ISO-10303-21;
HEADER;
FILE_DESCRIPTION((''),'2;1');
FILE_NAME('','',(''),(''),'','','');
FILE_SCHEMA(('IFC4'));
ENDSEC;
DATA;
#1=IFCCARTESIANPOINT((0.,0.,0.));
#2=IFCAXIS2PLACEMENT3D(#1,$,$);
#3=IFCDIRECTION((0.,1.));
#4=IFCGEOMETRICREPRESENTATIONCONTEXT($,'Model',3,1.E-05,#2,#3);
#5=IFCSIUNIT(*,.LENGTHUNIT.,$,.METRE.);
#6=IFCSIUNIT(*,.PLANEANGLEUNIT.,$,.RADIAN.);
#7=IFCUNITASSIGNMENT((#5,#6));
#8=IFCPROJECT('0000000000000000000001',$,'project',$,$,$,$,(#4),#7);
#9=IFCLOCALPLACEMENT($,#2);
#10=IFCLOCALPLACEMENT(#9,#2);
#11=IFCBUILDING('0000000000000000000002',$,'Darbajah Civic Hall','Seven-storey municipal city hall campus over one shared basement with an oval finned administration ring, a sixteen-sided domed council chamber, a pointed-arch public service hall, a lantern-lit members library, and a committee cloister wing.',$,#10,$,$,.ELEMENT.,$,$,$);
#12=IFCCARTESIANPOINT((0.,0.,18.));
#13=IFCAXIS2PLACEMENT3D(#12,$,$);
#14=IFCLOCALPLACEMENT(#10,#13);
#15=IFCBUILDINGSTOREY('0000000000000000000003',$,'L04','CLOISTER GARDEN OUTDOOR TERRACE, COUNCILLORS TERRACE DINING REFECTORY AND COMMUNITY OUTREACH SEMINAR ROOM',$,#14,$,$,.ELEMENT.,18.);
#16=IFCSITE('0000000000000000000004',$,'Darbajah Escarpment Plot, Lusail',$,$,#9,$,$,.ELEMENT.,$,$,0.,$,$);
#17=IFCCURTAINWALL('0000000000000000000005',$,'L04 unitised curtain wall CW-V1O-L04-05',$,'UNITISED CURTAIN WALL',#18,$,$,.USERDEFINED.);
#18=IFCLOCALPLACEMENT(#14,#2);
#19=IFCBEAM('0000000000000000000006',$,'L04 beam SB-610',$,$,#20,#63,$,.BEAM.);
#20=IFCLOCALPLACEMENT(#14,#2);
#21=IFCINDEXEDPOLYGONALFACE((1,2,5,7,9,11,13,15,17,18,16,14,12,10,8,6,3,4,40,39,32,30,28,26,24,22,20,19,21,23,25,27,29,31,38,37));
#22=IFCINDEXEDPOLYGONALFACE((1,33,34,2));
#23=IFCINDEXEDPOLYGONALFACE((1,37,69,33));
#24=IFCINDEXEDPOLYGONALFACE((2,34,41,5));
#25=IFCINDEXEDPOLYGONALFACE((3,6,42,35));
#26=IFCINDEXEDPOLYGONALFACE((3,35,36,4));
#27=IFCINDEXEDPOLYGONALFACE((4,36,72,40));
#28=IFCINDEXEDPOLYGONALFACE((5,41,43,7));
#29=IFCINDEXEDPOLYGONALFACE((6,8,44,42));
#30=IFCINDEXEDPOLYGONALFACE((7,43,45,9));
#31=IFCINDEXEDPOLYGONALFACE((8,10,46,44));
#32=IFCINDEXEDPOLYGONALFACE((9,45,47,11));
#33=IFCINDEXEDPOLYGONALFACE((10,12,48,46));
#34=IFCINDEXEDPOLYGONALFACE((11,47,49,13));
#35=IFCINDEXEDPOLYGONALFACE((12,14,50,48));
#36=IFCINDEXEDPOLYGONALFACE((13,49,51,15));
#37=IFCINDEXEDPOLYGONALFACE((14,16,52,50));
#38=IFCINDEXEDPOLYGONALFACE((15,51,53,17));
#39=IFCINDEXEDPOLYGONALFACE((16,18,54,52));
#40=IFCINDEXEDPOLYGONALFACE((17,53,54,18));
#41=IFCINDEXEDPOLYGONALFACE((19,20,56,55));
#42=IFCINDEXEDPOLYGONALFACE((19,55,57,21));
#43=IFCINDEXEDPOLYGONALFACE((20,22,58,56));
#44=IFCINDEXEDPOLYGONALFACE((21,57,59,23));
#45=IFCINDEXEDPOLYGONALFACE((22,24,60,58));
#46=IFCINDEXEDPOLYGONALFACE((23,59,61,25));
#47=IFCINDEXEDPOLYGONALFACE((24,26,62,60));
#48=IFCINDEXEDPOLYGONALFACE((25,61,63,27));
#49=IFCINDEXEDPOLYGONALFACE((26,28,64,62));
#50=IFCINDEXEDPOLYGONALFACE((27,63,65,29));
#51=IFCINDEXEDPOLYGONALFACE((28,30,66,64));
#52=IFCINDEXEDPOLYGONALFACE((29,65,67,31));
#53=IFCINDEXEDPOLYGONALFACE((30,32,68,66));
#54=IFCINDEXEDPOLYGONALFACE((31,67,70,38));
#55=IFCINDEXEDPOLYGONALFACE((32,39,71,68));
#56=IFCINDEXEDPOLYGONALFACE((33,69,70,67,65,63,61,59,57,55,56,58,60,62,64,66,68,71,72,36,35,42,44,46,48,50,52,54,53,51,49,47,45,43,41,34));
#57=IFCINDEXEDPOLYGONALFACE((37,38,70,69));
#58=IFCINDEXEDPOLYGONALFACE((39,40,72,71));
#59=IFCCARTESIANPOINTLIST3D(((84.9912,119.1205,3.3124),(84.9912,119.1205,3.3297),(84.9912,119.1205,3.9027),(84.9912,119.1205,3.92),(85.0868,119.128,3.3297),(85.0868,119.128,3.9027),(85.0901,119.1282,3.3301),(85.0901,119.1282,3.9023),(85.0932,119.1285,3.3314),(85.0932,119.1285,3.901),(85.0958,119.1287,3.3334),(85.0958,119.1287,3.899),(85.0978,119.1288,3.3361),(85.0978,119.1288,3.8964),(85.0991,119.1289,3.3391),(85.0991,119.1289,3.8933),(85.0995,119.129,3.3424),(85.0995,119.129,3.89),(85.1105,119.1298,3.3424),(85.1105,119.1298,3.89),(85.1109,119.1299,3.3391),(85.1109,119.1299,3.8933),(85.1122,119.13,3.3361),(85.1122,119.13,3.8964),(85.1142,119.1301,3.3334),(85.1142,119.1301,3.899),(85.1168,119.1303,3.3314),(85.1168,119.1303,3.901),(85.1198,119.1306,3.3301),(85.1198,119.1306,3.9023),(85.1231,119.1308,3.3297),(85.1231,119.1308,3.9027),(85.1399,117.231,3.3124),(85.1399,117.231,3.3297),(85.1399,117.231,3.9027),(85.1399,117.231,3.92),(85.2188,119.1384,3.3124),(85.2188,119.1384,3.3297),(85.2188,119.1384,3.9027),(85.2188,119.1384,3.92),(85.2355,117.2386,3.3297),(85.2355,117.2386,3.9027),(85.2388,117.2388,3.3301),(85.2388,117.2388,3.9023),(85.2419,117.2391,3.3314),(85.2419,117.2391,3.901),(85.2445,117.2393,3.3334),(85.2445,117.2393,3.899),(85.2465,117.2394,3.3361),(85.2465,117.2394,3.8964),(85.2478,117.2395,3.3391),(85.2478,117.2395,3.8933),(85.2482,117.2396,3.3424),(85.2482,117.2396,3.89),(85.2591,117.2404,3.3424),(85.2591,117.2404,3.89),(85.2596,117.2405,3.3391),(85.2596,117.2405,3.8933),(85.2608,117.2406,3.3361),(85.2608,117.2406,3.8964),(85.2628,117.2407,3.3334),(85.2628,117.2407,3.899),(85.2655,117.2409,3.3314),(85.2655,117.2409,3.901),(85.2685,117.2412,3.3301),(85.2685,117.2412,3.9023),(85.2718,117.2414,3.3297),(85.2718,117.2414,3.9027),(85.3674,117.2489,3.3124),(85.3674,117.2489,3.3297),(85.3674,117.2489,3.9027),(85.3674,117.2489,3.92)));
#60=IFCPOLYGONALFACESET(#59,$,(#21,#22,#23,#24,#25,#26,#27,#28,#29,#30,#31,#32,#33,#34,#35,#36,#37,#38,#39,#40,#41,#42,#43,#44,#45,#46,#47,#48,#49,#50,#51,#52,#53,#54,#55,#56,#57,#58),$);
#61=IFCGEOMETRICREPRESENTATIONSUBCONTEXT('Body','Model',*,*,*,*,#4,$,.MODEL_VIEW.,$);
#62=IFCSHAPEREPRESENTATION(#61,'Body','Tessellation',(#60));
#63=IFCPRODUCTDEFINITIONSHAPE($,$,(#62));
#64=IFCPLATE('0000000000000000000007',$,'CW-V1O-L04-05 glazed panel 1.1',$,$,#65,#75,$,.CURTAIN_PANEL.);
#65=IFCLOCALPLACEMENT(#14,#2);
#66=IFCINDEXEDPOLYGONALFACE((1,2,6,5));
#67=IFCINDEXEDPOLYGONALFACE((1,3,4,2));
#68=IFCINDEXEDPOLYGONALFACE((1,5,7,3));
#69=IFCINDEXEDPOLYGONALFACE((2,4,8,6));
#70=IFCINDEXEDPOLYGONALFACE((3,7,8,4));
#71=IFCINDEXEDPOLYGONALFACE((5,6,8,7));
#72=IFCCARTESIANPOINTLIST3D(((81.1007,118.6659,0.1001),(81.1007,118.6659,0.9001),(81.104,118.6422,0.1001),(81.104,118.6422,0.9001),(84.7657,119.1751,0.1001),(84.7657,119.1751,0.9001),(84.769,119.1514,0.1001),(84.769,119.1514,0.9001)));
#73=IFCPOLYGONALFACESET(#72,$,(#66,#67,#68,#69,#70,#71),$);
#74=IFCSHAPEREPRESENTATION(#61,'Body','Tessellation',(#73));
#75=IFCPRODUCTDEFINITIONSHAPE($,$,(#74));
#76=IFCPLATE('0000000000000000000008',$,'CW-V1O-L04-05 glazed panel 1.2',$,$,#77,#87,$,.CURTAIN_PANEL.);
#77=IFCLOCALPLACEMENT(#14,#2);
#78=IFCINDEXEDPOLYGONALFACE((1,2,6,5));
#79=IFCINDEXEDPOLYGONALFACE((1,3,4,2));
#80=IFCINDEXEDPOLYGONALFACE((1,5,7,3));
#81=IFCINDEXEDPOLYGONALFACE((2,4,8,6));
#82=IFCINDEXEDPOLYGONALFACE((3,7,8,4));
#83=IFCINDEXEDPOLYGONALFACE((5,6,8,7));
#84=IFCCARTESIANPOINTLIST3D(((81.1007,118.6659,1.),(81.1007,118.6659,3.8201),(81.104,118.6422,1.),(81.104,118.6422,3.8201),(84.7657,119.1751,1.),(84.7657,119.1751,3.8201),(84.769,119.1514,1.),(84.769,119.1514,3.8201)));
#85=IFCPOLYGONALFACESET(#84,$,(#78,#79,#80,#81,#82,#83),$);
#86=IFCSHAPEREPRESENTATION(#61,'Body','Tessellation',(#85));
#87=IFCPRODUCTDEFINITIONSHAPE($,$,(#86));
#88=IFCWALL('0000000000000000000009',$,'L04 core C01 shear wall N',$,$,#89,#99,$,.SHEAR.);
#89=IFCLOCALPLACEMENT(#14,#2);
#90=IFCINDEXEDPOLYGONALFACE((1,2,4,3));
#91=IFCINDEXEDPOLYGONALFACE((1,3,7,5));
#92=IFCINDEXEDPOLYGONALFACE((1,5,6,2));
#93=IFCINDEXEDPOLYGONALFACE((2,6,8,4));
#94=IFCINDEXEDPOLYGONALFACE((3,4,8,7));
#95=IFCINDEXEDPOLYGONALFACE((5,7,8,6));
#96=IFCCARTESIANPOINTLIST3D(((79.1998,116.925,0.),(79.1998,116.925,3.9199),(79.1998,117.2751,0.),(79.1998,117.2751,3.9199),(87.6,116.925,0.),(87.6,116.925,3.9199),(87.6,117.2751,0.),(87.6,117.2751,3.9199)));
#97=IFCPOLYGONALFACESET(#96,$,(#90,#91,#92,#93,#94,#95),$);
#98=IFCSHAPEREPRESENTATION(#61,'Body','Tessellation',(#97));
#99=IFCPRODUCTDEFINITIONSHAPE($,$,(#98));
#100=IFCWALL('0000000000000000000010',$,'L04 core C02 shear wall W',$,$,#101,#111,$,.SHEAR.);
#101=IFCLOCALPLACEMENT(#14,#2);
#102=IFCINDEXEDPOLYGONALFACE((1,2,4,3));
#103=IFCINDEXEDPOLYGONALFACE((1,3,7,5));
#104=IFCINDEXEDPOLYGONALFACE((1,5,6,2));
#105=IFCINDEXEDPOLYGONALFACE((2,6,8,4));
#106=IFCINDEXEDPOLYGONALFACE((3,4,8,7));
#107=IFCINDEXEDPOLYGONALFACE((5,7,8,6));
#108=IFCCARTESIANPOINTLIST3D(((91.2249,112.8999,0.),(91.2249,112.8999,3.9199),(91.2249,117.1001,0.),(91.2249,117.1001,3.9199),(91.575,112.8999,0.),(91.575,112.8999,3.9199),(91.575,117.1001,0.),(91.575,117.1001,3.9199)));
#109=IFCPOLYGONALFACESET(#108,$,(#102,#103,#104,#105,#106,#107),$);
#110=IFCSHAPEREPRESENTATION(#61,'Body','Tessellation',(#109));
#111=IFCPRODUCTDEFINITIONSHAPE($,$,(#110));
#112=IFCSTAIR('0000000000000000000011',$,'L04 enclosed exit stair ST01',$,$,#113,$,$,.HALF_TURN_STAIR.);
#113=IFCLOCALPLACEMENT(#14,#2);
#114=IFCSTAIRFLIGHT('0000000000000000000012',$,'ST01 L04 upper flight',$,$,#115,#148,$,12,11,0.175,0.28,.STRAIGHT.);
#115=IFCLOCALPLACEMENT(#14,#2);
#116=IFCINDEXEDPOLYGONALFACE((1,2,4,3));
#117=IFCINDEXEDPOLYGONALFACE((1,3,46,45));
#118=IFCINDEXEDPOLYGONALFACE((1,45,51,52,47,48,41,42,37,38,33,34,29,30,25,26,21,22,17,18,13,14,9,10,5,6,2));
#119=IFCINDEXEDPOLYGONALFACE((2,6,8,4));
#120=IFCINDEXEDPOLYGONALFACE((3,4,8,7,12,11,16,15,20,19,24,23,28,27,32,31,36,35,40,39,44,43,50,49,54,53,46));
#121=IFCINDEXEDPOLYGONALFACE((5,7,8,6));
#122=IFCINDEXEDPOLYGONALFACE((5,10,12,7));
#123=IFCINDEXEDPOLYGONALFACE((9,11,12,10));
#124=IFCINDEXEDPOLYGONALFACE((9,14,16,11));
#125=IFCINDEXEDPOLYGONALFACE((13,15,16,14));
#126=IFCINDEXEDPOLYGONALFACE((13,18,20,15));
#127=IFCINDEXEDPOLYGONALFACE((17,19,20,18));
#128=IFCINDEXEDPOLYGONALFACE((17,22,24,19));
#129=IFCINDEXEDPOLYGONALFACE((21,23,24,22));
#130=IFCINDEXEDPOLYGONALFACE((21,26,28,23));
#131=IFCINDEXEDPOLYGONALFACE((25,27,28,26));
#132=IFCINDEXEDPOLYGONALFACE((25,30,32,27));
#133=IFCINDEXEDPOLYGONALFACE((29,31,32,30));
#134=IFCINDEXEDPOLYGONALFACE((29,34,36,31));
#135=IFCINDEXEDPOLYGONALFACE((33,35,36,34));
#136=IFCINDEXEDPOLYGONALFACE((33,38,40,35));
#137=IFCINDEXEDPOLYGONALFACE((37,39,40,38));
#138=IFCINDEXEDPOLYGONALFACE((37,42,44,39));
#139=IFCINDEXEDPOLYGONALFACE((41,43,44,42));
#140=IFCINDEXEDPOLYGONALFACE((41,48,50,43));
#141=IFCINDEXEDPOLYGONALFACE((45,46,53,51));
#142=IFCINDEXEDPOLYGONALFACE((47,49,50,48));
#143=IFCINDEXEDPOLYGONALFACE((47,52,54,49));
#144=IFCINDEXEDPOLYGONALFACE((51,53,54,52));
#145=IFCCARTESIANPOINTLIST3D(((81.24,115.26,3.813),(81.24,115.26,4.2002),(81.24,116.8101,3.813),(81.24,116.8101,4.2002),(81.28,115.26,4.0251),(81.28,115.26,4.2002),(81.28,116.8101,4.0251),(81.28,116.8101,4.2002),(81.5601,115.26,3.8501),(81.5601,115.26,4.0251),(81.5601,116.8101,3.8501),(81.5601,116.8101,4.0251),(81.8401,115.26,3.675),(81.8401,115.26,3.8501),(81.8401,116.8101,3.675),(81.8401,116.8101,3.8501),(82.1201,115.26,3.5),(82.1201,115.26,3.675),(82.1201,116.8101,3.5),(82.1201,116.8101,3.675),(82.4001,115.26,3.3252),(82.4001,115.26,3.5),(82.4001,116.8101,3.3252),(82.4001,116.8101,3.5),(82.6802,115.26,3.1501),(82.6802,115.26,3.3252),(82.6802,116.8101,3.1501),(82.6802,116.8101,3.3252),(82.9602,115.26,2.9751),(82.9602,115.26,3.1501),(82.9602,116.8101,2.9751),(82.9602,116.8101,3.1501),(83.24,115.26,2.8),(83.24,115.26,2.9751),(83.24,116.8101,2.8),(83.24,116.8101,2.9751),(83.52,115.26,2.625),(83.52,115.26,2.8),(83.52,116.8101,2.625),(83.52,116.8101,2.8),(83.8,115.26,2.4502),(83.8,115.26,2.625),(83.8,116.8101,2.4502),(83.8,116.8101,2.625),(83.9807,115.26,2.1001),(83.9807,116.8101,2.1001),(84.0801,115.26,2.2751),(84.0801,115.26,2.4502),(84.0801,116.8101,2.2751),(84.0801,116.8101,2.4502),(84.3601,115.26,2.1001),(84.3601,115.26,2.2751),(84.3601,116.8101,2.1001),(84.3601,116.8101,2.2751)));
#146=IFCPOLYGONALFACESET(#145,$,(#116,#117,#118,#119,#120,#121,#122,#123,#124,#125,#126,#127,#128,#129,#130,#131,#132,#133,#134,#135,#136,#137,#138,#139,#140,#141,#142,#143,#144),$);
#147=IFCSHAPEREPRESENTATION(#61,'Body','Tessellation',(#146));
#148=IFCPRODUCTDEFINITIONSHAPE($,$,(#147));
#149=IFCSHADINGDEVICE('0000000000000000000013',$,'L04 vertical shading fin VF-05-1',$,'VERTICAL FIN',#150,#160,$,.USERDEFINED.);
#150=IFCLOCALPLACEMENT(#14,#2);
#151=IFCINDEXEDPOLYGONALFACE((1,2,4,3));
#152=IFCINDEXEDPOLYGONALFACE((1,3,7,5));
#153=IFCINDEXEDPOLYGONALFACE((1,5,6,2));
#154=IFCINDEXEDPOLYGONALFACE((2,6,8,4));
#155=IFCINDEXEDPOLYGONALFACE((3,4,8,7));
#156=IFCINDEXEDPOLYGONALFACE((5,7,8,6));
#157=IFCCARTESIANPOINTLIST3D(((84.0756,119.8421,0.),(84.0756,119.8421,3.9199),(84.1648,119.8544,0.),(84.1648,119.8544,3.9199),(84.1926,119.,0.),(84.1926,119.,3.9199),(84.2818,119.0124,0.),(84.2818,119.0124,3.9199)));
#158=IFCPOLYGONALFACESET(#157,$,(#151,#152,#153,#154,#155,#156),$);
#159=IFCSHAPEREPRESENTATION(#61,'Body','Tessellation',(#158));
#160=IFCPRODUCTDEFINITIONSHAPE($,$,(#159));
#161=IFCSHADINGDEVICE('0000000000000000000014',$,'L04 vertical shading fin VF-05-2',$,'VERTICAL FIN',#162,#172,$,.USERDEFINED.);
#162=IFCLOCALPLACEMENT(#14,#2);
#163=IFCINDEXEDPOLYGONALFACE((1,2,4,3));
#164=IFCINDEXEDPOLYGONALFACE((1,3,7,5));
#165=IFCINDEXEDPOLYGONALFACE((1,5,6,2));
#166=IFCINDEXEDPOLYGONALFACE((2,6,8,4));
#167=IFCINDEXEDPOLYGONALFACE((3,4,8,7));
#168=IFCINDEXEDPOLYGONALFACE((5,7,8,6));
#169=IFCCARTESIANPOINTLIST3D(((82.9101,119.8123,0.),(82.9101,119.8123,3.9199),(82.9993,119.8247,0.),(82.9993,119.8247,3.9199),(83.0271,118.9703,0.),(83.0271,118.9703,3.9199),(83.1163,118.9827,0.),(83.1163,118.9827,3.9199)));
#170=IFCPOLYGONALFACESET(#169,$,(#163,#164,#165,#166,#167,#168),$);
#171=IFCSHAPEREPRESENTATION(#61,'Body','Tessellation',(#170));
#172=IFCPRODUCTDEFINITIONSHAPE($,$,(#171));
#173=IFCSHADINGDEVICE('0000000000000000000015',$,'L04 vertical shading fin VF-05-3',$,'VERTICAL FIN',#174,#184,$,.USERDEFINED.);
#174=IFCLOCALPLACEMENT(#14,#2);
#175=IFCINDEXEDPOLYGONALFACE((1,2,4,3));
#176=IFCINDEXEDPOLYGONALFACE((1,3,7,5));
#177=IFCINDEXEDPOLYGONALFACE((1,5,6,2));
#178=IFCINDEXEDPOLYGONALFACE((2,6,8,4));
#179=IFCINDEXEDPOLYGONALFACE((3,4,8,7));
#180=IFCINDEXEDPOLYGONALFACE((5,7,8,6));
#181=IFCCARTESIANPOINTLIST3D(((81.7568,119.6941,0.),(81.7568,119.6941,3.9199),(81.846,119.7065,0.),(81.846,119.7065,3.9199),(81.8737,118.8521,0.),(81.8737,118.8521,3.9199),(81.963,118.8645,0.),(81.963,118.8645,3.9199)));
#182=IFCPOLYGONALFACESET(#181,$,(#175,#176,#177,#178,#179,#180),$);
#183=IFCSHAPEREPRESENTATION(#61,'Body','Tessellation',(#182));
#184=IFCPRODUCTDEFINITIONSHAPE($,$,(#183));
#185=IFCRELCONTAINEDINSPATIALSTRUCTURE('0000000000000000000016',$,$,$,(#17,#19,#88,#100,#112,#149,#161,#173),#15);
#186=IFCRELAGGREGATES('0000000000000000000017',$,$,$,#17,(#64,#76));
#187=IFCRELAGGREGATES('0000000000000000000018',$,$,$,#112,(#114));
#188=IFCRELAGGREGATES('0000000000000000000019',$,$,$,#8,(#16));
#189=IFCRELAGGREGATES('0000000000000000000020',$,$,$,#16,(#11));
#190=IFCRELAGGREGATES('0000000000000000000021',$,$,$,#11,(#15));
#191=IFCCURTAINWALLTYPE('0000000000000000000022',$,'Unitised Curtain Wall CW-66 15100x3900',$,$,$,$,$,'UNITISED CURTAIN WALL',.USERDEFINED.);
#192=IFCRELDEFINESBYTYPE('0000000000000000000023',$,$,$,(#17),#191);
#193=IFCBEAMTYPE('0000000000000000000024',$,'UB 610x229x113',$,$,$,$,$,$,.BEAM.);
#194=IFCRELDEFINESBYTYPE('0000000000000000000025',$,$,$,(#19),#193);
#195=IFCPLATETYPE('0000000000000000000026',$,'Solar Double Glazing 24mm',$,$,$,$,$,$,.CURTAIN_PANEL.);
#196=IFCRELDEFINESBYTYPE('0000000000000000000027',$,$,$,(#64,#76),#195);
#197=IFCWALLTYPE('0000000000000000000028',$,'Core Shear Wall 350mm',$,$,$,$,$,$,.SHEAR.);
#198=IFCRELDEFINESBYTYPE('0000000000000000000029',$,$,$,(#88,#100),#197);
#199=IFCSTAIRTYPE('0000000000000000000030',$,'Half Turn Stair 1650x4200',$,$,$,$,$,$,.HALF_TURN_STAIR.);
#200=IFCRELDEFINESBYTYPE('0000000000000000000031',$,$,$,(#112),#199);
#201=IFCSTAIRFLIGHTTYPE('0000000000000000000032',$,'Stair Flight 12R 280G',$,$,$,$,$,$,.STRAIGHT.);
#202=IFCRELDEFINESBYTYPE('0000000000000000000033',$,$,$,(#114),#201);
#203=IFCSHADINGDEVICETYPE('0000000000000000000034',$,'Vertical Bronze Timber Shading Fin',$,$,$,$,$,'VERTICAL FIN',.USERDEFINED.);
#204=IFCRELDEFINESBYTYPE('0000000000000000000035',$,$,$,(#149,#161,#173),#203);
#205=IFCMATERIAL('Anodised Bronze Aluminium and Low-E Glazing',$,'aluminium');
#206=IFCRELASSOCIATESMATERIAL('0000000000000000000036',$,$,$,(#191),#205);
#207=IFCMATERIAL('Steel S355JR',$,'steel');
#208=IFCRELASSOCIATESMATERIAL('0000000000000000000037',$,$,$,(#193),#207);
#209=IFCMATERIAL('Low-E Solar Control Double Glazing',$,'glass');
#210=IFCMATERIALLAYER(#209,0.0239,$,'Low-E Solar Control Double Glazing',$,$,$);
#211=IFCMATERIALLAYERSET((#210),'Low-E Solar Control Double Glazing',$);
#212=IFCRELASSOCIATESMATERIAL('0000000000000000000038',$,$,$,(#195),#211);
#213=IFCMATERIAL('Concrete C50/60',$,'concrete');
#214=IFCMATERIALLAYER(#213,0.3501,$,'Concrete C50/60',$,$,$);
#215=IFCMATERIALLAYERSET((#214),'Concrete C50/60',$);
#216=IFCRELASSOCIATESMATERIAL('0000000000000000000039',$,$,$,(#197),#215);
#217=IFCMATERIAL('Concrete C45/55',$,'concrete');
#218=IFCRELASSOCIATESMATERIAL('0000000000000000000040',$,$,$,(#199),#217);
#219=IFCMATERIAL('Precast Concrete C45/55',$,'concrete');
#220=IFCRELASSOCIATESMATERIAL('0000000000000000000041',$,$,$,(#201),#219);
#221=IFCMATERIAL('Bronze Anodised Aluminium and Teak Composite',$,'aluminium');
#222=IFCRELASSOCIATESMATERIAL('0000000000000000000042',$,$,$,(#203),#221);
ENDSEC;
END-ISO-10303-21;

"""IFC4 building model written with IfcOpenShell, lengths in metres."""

from ifc_helpers import new_model, si_unit, direction, frame, frame_2d, origin, origin_2d, place, context, subcontext, project, spatial, polyline, rectangle, i_section, outline, extrude, material, layer, layer_set, material_profile, profile_set, type_object, element, aggregate, save


model = new_model("IFC4")

# Units and contexts
model_context = context("Model", 3, precision=1e-05, world=origin(), true_north=direction((0.0, 1.0)))
body_context = subcontext(model_context, "Body", "Model", "MODEL_VIEW")
ifc_project = project(units=[si_unit("LENGTHUNIT", "METRE"), si_unit("PLANEANGLEUNIT", "RADIAN")], contexts=[model_context])

# Site, building, storey
site_placement = place(None, origin())
site = spatial("IfcSite", under=ifc_project, at=site_placement, Name="Darbajah Escarpment Plot, Lusail", CompositionType="ELEMENT", RefElevation=0.0)
building_placement = place(site_placement, origin())
building = spatial("IfcBuilding", under=site, at=building_placement, Name="Darbajah Civic Hall", Description="Seven-storey municipal city hall campus over one shared basement with an oval finned administration ring, a sixteen-sided domed council chamber, a pointed-arch public service hall, a lantern-lit members library, and a committee cloister wing.", CompositionType="ELEMENT")
storey_placement = place(building_placement, frame((0.0, 0.0, 18.0)))
storey = spatial("IfcBuildingStorey", under=building, at=storey_placement, Name="L04", Description="CLOISTER GARDEN OUTDOOR TERRACE, COUNCILLORS TERRACE DINING REFECTORY AND COMMUNITY OUTREACH SEMINAR ROOM", CompositionType="ELEMENT", Elevation=18.0)

# Shared definitions
ifc_material_1 = material(Name="Concrete C45/55", Category="concrete")

# Curtain wall
ifc_material_2 = material(Name="Anodised Bronze Aluminium and Low-E Glazing", Category="aluminium")
curtain_wall_type = type_object("IfcCurtainWallType", Name="Unitised Curtain Wall CW-66 15100x3900", ElementType="UNITISED CURTAIN WALL", PredefinedType="USERDEFINED", material=ifc_material_2)
curtain_wall_placement = place(storey_placement, origin())
curtain_wall = element("IfcCurtainWall", 1, at=curtain_wall_placement, inside=storey, type_object=curtain_wall_type, Name="L04 unitised curtain wall CW-V1O-L04-05", ObjectType="UNITISED CURTAIN WALL", PredefinedType="USERDEFINED")

# Beam
ifc_material_3 = material(Name="Steel S355JR", Category="steel")
ifc_material_profile_1 = material_profile(ifc_material_3, i_section(OverallWidth=0.2283, OverallDepth=0.6077, WebThickness=0.011, FlangeThickness=0.0173, FilletRadius=0.0127, at=origin_2d()), Name="UB 610x229x113")
ifc_profile_set_1 = profile_set([ifc_material_profile_1], Name="Steel S355JR")
beam_type_1 = type_object("IfcBeamType", Name="UB 610x229x113", PredefinedType="BEAM", material=ifc_profile_set_1)
beam_1_placement = place(storey_placement, frame((85.2537, 117.24, 3.6162), z_axis=(-0.07845, 0.996918, 0.0), x_axis=(-0.996918, -0.07845, 0.0)))
element("IfcBeam", 2, at=beam_1_placement, inside=storey, type_object=beam_type_1, Name="L04 beam SB-610", PredefinedType="BEAM", context=body_context, shape_type="SweptSolid", body=[
    extrude(i_section(OverallWidth=0.2283, OverallDepth=0.6077, WebThickness=0.011, FlangeThickness=0.0173, FilletRadius=0.0127, at=origin_2d()), origin(), (0.0, 0.0, 1.0), 1.8953),
])

# Plates
ifc_material_4 = material(Name="Low-E Solar Control Double Glazing", Category="glass")
ifc_layer_1 = layer(ifc_material_4, 0.0239, Name="Low-E Solar Control Double Glazing")
ifc_layer_set_1 = layer_set([ifc_layer_1], Name="Low-E Solar Control Double Glazing")
plate_type = type_object("IfcPlateType", Name="Solar Double Glazing 24mm", PredefinedType="CURTAIN_PANEL", material=ifc_layer_set_1)
plate_1_placement = place(storey_placement, frame((82.9348, 118.9087, 0.1001), z_axis=(0.0, 0.0, 1.0), x_axis=(-0.990485, -0.137617, 0.0)))
plate_1 = element("IfcPlate", 3, at=plate_1_placement, type_object=plate_type, Name="CW-V1O-L04-05 glazed panel 1.1", PredefinedType="CURTAIN_PANEL", context=body_context, shape_type="SweptSolid", body=[
    extrude(rectangle(XDim=3.7002, YDim=0.0239, at=origin_2d()), origin(), (0.0, 0.0, 1.0), 0.8),
])
plate_2_placement = place(storey_placement, frame((82.9348, 118.9087, 1.0), z_axis=(0.0, 0.0, 1.0), x_axis=(-0.990485, -0.137617, 0.0)))
plate_2 = element("IfcPlate", 4, at=plate_2_placement, type_object=plate_type, Name="CW-V1O-L04-05 glazed panel 1.2", PredefinedType="CURTAIN_PANEL", context=body_context, shape_type="SweptSolid", body=[
    extrude(rectangle(XDim=3.7002, YDim=0.0239, at=origin_2d()), origin(), (0.0, 0.0, 1.0), 2.8201),
])
aggregate(curtain_wall, [plate_1, plate_2])

# Walls
ifc_material_5 = material(Name="Concrete C50/60", Category="concrete")
ifc_layer_2 = layer(ifc_material_5, 0.3501, Name="Concrete C50/60")
ifc_layer_set_2 = layer_set([ifc_layer_2], Name="Concrete C50/60")
wall_type = type_object("IfcWallType", Name="Core Shear Wall 350mm", PredefinedType="SHEAR", material=ifc_layer_set_2)
wall_1_placement = place(storey_placement, frame((87.6001, 117.1001, 0.0), z_axis=(0.0, 0.0, 1.0), x_axis=(-1.0, 0.0, 0.0)))
element("IfcWall", 5, at=wall_1_placement, inside=storey, type_object=wall_type, Name="L04 core C01 shear wall N", PredefinedType="SHEAR", context=body_context, shape_type="SweptSolid", body=[
    extrude(rectangle(XDim=8.4001, YDim=0.3501, at=frame_2d((4.2002, 0.0))), origin(), (0.0, 0.0, 1.0), 3.9199),
])
wall_2_placement = place(storey_placement, frame((91.3999, 117.1001, 0.0), z_axis=(0.0, 0.0, 1.0), x_axis=(0.0, -1.0, 0.0)))
element("IfcWall", 6, at=wall_2_placement, inside=storey, type_object=wall_type, Name="L04 core C02 shear wall W", PredefinedType="SHEAR", context=body_context, shape_type="SweptSolid", body=[
    extrude(rectangle(XDim=4.2002, YDim=0.3501, at=frame_2d((2.1001, 0.0))), origin(), (0.0, 0.0, 1.0), 3.9199),
])

# Stair, stair flight
stair_type = type_object("IfcStairType", Name="Half Turn Stair 1650x4200", PredefinedType="HALF_TURN_STAIR", material=ifc_material_1)
stair_placement = place(storey_placement, origin())
stair = element("IfcStair", 7, at=stair_placement, inside=storey, type_object=stair_type, Name="L04 enclosed exit stair ST01", PredefinedType="HALF_TURN_STAIR")
ifc_material_6 = material(Name="Precast Concrete C45/55", Category="concrete")
stair_flight_type = type_object("IfcStairFlightType", Name="Stair Flight 12R 280G", PredefinedType="STRAIGHT", material=ifc_material_6)
stair_flight_placement = place(storey_placement, frame((84.3601, 116.0349, 2.1001), z_axis=(0.0, 0.0, 1.0), x_axis=(-1.0, 0.0, 0.0)))
stair_flight = element("IfcStairFlight", 8, at=stair_flight_placement, type_object=stair_flight_type, Name="ST01 L04 upper flight", NumberOfRisers=12, NumberOfTreads=11, PredefinedType="STRAIGHT", RiserHeight=0.175, TreadLength=0.28, context=body_context, shape_type="SweptSolid", body=[
    extrude(outline(polyline([(0.0, 0.0), (0.0, 0.175), (0.28, 0.175), (0.28, 0.3501), (0.5601, 0.3501), (0.5601, 0.5249), (0.8401, 0.5249), (0.8401, 0.7), (1.1201, 0.7), (1.1201, 0.875), (1.3999, 0.875), (1.3999, 1.05), (1.6799, 1.05), (1.6799, 1.2251), (1.96, 1.2251), (1.96, 1.3999), (2.24, 1.3999), (2.24, 1.575), (2.52, 1.575), (2.52, 1.75), (2.8, 1.75), (2.8, 1.925), (3.0801, 1.925), (3.0801, 2.1001), (3.1201, 2.1001), (3.1201, 1.7129), (0.3794, 0.0), (0.0, 0.0)])), frame((0.0, 0.7749, 0.0), z_axis=(0.0, -1.0, 0.0), x_axis=(1.0, 0.0, 0.0)), (0.0, 0.0, 1.0), 1.55),
])
aggregate(stair, [stair_flight])

# Shading devices
ifc_material_7 = material(Name="Bronze Anodised Aluminium and Teak Composite", Category="aluminium")
shading_device_type = type_object("IfcShadingDeviceType", Name="Vertical Bronze Timber Shading Fin", ElementType="VERTICAL FIN", PredefinedType="USERDEFINED", material=ifc_material_7)
for number, where, z_axis, x_axis, name in (
    (9, (84.1787, 119.4272, 0.0), (0.0, 0.0, 1.0), (-0.137617, 0.990485, 0.0), "L04 vertical shading fin VF-05-1"),
    (10, (83.0132, 119.3975, 0.0), (0.0, 0.0, 1.0), (-0.137617, 0.990485, 0.0), "L04 vertical shading fin VF-05-2"),
    (11, (81.8599, 119.2793, 0.0), (0.0, 0.0, 1.0), (-0.137617, 0.990485, 0.0), "L04 vertical shading fin VF-05-3"),
):
    element("IfcShadingDevice", number, at=place(storey_placement, frame(where, z_axis=z_axis, x_axis=x_axis)), inside=storey, type_object=shading_device_type, Name=name, ObjectType="VERTICAL FIN", PredefinedType="USERDEFINED", context=body_context, shape_type="SweptSolid", body=[
        extrude(rectangle(XDim=0.8501, YDim=0.0901, at=origin_2d()), origin(), (0.0, 0.0, 1.0), 3.9199),
    ])

save(model, "model.ifc")
